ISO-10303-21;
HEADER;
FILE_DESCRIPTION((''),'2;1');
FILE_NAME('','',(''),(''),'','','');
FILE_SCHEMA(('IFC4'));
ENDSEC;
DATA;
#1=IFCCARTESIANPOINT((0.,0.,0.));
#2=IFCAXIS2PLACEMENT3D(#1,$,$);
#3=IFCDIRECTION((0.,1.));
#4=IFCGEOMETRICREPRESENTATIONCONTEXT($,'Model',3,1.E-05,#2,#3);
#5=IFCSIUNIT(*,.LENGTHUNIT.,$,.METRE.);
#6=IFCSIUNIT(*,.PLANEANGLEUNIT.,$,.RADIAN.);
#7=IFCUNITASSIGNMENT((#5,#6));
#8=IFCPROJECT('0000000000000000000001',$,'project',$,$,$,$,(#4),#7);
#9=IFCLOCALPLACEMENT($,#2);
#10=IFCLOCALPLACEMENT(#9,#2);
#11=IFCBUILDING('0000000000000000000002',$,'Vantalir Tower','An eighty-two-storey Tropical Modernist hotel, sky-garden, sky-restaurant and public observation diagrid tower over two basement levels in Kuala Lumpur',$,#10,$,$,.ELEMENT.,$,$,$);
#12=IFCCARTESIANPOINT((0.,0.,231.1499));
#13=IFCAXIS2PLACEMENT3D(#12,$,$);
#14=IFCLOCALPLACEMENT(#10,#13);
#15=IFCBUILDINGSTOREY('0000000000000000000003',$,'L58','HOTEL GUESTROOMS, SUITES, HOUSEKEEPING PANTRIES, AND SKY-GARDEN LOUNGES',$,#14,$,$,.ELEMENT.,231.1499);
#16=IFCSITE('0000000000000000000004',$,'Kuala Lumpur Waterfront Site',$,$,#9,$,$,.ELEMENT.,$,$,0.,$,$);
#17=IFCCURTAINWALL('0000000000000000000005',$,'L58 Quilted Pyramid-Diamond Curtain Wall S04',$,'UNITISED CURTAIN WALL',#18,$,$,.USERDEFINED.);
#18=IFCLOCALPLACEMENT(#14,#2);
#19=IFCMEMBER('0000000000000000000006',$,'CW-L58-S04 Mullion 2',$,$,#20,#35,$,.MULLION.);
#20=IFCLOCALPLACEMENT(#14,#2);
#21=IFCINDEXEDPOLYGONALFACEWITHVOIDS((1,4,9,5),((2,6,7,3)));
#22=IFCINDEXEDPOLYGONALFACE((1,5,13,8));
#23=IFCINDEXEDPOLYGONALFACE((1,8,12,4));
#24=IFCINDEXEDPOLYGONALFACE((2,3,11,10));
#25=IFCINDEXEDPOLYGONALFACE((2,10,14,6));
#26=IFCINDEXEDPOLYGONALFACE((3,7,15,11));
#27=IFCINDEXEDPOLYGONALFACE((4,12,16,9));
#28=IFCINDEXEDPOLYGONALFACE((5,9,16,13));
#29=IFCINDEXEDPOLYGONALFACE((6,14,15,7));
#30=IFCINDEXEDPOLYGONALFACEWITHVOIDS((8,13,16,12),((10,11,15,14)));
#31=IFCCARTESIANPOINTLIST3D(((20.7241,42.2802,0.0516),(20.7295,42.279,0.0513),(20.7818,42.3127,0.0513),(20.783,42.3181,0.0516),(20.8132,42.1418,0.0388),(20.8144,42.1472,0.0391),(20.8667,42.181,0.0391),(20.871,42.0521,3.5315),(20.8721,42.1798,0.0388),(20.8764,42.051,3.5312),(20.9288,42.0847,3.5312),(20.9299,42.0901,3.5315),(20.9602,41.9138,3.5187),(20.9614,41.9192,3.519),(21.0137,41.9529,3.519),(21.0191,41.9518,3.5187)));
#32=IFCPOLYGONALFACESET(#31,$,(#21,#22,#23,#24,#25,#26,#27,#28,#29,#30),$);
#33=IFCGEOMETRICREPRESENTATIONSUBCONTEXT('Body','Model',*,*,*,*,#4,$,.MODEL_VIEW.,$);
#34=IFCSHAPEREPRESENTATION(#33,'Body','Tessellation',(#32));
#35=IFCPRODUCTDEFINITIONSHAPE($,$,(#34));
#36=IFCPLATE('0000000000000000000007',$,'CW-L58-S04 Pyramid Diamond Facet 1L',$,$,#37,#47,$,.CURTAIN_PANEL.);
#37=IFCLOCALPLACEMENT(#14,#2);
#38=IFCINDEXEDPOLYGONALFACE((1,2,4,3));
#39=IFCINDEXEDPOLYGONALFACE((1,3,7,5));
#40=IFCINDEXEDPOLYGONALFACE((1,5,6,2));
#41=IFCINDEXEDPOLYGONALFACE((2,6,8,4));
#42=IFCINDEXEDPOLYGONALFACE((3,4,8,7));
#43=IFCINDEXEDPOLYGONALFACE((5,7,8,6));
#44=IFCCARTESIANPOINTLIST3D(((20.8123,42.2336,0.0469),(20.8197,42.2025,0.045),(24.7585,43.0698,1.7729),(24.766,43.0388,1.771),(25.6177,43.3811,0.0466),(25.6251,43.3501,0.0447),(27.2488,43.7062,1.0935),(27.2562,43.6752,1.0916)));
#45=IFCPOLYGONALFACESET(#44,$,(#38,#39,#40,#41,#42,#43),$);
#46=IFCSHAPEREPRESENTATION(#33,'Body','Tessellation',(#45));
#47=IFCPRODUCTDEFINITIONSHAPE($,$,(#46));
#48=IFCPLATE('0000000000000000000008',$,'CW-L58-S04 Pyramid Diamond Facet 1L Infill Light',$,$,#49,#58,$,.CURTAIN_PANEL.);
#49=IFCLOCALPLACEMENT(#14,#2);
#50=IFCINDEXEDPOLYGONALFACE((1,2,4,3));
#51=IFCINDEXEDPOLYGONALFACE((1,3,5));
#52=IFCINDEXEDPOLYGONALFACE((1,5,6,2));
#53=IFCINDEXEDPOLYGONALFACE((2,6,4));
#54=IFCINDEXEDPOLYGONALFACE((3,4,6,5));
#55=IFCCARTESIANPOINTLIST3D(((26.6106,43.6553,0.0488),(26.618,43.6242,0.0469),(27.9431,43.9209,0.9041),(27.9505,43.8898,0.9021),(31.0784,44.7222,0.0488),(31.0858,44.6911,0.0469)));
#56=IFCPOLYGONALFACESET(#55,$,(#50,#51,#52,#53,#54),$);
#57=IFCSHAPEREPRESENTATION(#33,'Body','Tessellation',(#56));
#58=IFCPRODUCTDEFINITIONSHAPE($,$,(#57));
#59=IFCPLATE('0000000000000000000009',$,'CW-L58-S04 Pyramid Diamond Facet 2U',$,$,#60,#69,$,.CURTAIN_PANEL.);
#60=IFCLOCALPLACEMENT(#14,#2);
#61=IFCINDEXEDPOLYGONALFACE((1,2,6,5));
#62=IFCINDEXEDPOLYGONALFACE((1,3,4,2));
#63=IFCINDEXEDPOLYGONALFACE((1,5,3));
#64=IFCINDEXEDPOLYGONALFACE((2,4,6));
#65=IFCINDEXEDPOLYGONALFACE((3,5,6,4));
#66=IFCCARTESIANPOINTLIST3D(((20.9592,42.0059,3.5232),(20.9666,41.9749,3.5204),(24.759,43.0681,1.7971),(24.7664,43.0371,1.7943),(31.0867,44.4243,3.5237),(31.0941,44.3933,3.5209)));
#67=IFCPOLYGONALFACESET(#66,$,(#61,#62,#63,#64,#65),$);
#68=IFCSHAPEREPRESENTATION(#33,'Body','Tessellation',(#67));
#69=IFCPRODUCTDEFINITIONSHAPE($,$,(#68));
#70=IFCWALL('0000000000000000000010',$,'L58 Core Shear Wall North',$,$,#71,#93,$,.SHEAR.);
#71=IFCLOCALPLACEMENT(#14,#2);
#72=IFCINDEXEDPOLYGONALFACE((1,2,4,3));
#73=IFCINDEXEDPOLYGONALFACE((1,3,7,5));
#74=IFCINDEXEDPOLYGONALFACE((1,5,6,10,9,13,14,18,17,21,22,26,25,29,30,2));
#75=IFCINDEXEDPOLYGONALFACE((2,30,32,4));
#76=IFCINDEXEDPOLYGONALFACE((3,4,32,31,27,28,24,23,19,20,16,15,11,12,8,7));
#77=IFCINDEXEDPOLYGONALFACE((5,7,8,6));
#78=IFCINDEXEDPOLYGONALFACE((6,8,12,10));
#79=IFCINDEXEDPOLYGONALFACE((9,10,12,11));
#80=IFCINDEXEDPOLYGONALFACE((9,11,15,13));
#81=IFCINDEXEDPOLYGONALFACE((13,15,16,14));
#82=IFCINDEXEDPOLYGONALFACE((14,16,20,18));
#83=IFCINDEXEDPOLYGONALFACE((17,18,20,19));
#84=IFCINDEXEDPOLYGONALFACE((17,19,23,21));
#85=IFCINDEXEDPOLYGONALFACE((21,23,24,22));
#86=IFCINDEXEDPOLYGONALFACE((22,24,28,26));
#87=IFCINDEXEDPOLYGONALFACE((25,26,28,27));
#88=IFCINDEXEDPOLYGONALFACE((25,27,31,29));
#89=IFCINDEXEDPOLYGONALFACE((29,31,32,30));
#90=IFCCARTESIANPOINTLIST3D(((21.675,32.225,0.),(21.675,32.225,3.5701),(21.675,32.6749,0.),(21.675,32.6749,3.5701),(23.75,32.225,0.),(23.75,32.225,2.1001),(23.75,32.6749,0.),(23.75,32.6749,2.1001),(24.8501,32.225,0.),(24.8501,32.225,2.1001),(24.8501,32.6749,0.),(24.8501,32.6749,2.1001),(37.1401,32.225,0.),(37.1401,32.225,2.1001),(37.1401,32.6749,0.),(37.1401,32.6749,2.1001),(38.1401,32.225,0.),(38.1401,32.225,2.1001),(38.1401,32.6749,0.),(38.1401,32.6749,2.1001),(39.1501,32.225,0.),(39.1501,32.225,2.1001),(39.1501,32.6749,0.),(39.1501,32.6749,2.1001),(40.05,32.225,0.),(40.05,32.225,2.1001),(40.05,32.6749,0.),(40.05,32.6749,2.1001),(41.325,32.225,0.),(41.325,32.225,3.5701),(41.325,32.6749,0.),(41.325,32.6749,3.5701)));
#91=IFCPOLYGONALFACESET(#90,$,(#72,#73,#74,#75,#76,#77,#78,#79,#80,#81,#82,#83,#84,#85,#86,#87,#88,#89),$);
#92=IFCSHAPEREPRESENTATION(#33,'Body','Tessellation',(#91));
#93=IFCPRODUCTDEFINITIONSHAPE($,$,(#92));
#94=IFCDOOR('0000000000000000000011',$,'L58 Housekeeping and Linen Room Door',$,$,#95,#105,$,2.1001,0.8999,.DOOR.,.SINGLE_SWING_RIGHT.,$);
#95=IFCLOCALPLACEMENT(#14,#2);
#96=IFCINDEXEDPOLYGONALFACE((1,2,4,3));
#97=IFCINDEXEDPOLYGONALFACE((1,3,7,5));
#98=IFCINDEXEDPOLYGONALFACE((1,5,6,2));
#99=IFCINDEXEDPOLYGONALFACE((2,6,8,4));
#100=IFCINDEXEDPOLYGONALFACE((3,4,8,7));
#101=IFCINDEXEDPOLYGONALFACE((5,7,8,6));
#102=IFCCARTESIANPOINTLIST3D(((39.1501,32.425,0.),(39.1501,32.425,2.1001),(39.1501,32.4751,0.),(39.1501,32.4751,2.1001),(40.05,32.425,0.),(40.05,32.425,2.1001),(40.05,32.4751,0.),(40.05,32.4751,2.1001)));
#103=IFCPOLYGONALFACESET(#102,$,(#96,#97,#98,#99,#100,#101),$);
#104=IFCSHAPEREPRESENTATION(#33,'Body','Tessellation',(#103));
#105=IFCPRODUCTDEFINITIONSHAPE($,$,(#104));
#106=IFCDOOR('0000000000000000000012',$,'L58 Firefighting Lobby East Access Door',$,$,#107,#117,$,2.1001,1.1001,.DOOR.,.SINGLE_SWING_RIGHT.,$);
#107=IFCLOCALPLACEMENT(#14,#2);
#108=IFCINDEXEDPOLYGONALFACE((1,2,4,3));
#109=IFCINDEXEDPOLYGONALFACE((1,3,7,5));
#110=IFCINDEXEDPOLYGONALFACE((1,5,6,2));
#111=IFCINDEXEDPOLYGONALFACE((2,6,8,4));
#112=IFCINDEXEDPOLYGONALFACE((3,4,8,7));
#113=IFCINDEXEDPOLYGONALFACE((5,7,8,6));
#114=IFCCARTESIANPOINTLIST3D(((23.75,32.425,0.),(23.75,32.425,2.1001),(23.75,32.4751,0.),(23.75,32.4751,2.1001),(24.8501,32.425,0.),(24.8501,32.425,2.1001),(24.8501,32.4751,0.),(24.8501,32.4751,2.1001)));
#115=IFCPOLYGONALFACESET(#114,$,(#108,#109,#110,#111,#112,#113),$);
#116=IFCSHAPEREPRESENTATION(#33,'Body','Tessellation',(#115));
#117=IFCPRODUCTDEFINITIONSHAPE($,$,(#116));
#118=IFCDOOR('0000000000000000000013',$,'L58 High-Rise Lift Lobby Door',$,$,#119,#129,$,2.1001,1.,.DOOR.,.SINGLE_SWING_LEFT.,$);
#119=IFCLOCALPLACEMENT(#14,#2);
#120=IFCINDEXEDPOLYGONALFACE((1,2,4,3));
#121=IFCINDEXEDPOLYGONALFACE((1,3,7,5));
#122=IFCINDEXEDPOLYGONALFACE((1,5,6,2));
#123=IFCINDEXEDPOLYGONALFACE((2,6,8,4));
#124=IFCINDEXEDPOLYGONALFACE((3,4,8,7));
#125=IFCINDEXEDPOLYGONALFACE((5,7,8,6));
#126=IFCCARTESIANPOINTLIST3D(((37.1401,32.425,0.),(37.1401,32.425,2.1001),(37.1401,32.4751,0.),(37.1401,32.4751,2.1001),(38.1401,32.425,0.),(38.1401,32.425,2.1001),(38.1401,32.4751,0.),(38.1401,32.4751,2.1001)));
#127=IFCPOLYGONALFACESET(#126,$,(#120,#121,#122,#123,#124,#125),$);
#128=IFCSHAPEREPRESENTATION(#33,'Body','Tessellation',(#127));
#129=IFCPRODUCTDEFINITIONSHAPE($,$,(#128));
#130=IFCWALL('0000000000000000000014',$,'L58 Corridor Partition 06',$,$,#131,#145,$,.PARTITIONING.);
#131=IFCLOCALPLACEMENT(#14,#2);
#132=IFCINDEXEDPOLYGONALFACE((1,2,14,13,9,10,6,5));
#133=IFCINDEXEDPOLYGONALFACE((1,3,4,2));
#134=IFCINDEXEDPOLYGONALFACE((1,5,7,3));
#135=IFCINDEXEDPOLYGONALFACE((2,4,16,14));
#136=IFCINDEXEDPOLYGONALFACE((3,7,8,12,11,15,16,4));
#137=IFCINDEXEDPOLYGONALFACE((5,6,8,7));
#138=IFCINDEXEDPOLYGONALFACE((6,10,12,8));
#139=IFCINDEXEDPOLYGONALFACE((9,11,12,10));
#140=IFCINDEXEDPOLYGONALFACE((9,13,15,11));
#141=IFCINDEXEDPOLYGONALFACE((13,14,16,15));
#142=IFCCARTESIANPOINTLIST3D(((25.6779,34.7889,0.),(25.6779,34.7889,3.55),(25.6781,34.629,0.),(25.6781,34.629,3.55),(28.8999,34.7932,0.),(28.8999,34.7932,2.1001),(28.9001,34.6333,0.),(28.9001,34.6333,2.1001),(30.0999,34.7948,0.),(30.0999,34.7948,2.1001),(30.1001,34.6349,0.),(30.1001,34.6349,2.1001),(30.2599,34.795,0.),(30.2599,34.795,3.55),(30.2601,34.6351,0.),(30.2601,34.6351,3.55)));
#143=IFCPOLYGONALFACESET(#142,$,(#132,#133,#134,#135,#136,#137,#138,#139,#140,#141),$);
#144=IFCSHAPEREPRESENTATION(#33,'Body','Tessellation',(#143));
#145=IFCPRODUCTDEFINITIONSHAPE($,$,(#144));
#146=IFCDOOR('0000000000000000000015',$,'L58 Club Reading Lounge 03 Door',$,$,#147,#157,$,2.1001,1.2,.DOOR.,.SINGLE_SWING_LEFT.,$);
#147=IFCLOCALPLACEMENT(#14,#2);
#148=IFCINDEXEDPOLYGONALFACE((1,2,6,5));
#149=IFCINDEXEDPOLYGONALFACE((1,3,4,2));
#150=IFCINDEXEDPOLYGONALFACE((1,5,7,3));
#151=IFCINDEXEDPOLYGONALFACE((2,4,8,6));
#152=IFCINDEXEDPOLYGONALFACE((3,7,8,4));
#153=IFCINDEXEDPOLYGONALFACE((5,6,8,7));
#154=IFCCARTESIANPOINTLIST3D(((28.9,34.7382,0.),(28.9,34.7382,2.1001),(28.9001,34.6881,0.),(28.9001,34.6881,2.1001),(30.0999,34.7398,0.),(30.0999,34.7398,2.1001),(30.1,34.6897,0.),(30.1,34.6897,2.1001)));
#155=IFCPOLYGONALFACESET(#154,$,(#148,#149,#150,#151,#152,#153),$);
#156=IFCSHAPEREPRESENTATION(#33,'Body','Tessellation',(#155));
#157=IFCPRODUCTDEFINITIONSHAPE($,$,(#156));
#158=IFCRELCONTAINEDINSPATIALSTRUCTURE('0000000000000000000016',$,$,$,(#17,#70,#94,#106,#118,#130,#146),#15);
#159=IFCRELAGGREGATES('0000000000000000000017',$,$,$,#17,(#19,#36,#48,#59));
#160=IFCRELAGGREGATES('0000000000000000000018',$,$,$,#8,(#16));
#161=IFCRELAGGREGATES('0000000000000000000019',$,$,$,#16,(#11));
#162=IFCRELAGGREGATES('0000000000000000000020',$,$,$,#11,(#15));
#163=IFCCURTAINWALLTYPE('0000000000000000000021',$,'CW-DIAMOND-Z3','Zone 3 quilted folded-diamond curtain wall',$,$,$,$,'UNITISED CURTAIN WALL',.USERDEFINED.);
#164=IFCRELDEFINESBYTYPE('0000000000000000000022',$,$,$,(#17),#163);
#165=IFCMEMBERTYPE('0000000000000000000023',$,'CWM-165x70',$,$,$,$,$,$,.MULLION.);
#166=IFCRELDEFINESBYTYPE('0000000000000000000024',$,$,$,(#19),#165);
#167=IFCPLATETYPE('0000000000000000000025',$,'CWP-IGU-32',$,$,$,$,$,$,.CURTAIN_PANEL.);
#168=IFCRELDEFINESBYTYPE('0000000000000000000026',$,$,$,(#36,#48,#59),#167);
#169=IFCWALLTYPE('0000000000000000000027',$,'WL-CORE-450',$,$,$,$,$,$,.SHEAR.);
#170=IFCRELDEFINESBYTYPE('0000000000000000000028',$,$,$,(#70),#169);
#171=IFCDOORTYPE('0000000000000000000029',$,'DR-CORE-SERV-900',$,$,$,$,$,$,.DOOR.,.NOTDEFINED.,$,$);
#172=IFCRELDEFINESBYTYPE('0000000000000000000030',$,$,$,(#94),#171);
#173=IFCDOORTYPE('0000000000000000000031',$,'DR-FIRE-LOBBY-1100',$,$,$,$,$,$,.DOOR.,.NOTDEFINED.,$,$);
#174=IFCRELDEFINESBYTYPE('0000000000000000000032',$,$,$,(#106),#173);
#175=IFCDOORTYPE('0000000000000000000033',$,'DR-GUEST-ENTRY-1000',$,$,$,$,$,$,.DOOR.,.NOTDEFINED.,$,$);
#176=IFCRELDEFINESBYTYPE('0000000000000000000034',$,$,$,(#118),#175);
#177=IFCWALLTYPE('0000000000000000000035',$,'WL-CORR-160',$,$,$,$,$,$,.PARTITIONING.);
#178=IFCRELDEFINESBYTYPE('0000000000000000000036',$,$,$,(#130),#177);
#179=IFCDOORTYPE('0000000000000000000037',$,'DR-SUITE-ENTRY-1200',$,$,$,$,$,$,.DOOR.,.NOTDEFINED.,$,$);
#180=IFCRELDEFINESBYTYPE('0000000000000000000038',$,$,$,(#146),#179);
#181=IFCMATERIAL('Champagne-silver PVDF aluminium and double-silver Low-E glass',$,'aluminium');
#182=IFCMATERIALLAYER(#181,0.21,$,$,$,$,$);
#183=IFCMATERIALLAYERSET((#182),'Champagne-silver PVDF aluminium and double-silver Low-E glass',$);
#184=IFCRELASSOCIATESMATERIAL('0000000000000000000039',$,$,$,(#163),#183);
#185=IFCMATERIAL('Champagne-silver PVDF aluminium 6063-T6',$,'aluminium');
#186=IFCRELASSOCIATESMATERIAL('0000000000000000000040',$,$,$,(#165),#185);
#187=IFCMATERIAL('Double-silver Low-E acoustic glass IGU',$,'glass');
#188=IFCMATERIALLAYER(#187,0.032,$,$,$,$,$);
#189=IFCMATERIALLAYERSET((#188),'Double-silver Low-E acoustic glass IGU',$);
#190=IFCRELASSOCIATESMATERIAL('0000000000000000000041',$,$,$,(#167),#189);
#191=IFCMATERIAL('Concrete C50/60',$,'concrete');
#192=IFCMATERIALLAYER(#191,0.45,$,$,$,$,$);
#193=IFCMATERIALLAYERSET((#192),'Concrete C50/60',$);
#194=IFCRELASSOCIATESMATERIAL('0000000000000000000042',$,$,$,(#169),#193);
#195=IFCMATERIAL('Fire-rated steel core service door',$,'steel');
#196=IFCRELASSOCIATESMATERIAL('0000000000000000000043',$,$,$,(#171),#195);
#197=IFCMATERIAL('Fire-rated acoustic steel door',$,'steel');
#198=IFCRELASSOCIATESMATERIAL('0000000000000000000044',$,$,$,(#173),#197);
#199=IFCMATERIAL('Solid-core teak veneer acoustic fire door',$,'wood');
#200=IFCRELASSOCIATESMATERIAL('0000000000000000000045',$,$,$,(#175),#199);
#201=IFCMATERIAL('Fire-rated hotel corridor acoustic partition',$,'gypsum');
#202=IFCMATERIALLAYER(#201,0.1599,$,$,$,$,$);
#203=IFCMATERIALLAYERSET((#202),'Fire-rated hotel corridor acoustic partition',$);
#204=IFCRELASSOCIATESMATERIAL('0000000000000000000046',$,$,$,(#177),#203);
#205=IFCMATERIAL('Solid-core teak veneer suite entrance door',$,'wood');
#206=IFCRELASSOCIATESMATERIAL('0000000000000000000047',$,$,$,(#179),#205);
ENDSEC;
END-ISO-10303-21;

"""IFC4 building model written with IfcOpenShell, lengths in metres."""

from ifc_helpers import new_model, si_unit, direction, frame, frame_2d, origin, origin_2d, place, context, subcontext, project, spatial, polyline, rectangle, hollow_rectangle, outline, extrude, material, layer, layer_set, material_profile, profile_set, type_object, element, fill, aggregate, save


model = new_model("IFC4")

# Units and contexts
model_context = context("Model", 3, precision=1e-05, world=origin(), true_north=direction((0.0, 1.0)))
body_context = subcontext(model_context, "Body", "Model", "MODEL_VIEW")
ifc_project = project(units=[si_unit("LENGTHUNIT", "METRE"), si_unit("PLANEANGLEUNIT", "RADIAN")], contexts=[model_context])

# Site, building, storey
site_placement = place(None, origin())
site = spatial("IfcSite", under=ifc_project, at=site_placement, Name="Kuala Lumpur Waterfront Site", CompositionType="ELEMENT", RefElevation=0.0)
building_placement = place(site_placement, origin())
building = spatial("IfcBuilding", under=site, at=building_placement, Name="Vantalir Tower", Description="An eighty-two-storey Tropical Modernist hotel, sky-garden, sky-restaurant and public observation diagrid tower over two basement levels in Kuala Lumpur", CompositionType="ELEMENT")
storey_placement = place(building_placement, frame((0.0, 0.0, 231.1499)))
storey = spatial("IfcBuildingStorey", under=building, at=storey_placement, Name="L58", Description="HOTEL GUESTROOMS, SUITES, HOUSEKEEPING PANTRIES, AND SKY-GARDEN LOUNGES", CompositionType="ELEMENT", Elevation=231.1499)

# Shared definitions
ifc_material_1 = material(Name="Concrete C50/60", Category="concrete")

# Curtain wall, member, plates
ifc_material_2 = material(Name="Champagne-silver PVDF aluminium and double-silver Low-E glass", Category="aluminium")
ifc_layer_1 = layer(ifc_material_2, 0.21)
ifc_layer_set_1 = layer_set([ifc_layer_1], Name="Champagne-silver PVDF aluminium and double-silver Low-E glass")
curtain_wall_type = type_object("IfcCurtainWallType", Name="CW-DIAMOND-Z3", Description="Zone 3 quilted folded-diamond curtain wall", ElementType="UNITISED CURTAIN WALL", PredefinedType="USERDEFINED", material=ifc_layer_set_1)
curtain_wall_placement = place(storey_placement, origin())
curtain_wall = element("IfcCurtainWall", 1, at=curtain_wall_placement, inside=storey, type_object=curtain_wall_type, Name="L58 Quilted Pyramid-Diamond Curtain Wall S04", ObjectType="UNITISED CURTAIN WALL", PredefinedType="USERDEFINED")
ifc_material_3 = material(Name="Champagne-silver PVDF aluminium 6063-T6", Category="aluminium")
ifc_material_profile_1 = material_profile(ifc_material_3, hollow_rectangle(XDim=0.0701, YDim=0.165, WallThickness=0.0039, at=origin_2d()), Name="Champagne-silver PVDF aluminium 6063-T6")
ifc_profile_set_1 = profile_set([ifc_material_profile_1], Name="Champagne-silver PVDF aluminium 6063-T6")
member_type = type_object("IfcMemberType", Name="CWM-165x70", PredefinedType="MULLION", material=ifc_profile_set_1)
member_placement = place(storey_placement, frame((20.7981, 42.23, 0.0452), z_axis=(0.042106, -0.065327, 0.996975), x_axis=(0.840535, 0.541758, 0.0)))
member = element("IfcMember", 2, at=member_placement, type_object=member_type, Name="CW-L58-S04 Mullion 2", PredefinedType="MULLION", context=body_context, shape_type="SweptSolid", body=[
    extrude(hollow_rectangle(XDim=0.0701, YDim=0.165, WallThickness=0.0039, at=origin_2d()), origin(), (0.0, 0.0, 1.0), 3.4905),
])
ifc_material_4 = material(Name="Double-silver Low-E acoustic glass IGU", Category="glass")
ifc_layer_2 = layer(ifc_material_4, 0.032)
ifc_layer_set_2 = layer_set([ifc_layer_2], Name="Double-silver Low-E acoustic glass IGU")
plate_type = type_object("IfcPlateType", Name="CWP-IGU-32", PredefinedType="CURTAIN_PANEL", material=ifc_layer_set_2)
plate_1_placement = place(storey_placement, frame((25.6177, 43.3811, 0.0466), z_axis=(-0.231849, 0.970919, 0.059687), x_axis=(-0.972652, -0.232266, 0.000049)))
plate_1 = element("IfcPlate", 3, at=plate_1_placement, type_object=plate_type, Name="CW-L58-S04 Pyramid Diamond Facet 1L", PredefinedType="CURTAIN_PANEL", context=body_context, shape_type="SweptSolid", body=[
    extrude(outline(polyline([(0.0, 0.0), (4.9405, 0.0), (0.908, 1.7294), (-1.662, 1.0488), (0.0, 0.0)])), origin(), (0.0, 0.0, -1.0), 0.032),
])
plate_2_placement = place(storey_placement, frame((31.0784, 44.7222, 0.0488), z_axis=(-0.231853, 0.970918, 0.05969), x_axis=(-0.972652, -0.232267, 0.0)))
plate_2 = element("IfcPlate", 4, at=plate_2_placement, type_object=plate_type, Name="CW-L58-S04 Pyramid Diamond Facet 1L Infill Light", PredefinedType="CURTAIN_PANEL", context=body_context, shape_type="SweptSolid", body=[
    extrude(outline(polyline([(0.0, 0.0), (4.5934, 0.0), (3.2356, 0.8568), (0.0, 0.0)])), origin(), (0.0, 0.0, -1.0), 0.032),
])
plate_3_placement = place(storey_placement, frame((20.9592, 42.0059, 3.5232), z_axis=(-0.231396, 0.968969, 0.086921), x_axis=(0.972651, 0.232271, 0.000047)))
plate_3 = element("IfcPlate", 5, at=plate_3_placement, type_object=plate_type, Name="CW-L58-S04 Pyramid Diamond Facet 2U", PredefinedType="CURTAIN_PANEL", context=body_context, shape_type="SweptSolid", body=[
    extrude(outline(polyline([(0.0, 0.0), (10.4122, 0.0), (3.9425, 1.7328), (0.0, 0.0)])), origin(), (0.0, 0.0, -1.0), 0.032),
])
aggregate(curtain_wall, [member, plate_1, plate_2, plate_3])

# Wall, openings, doors
ifc_layer_3 = layer(ifc_material_1, 0.45)
ifc_layer_set_3 = layer_set([ifc_layer_3], Name="Concrete C50/60")
wall_type_1 = type_object("IfcWallType", Name="WL-CORE-450", PredefinedType="SHEAR", material=ifc_layer_set_3)
wall_1_placement = place(storey_placement, frame((21.675, 32.45, 0.0), z_axis=(0.0, 0.0, 1.0), x_axis=(1.0, 0.0, 0.0)))
wall_1 = element("IfcWall", 6, at=wall_1_placement, inside=storey, type_object=wall_type_1, Name="L58 Core Shear Wall North", PredefinedType="SHEAR", context=body_context, shape_type="SweptSolid", body=[
    extrude(rectangle(XDim=19.6499, YDim=0.45, at=frame_2d((9.825, 0.0))), origin(), (0.0, 0.0, 1.0), 3.5701),
])
opening_1_placement = place(wall_1_placement, frame((2.075, 0.0, 0.0)))
opening_1 = element("IfcOpeningElement", 7, at=opening_1_placement, cuts=wall_1, PredefinedType="OPENING", context=body_context, shape_type="SweptSolid", body=[
    extrude(rectangle(XDim=1.1001, YDim=2.1001, at=frame_2d((0.55, 1.05))), frame((0.0, 0.2349, 0.0), z_axis=(0.0, -1.0, 0.0), x_axis=(1.0, 0.0, 0.0)), (0.0, 0.0, 1.0), 0.47),
])
opening_2_placement = place(wall_1_placement, frame((15.4651, 0.0, 0.0)))
opening_2 = element("IfcOpeningElement", 8, at=opening_2_placement, cuts=wall_1, PredefinedType="OPENING", context=body_context, shape_type="SweptSolid", body=[
    extrude(rectangle(XDim=1.0, YDim=2.1001, at=frame_2d((0.5, 1.05))), frame((0.0, 0.2349, 0.0), z_axis=(0.0, -1.0, 0.0), x_axis=(1.0, 0.0, 0.0)), (0.0, 0.0, 1.0), 0.47),
])
opening_3_placement = place(wall_1_placement, frame((17.4751, 0.0, 0.0)))
opening_3 = element("IfcOpeningElement", 9, at=opening_3_placement, cuts=wall_1, PredefinedType="OPENING", context=body_context, shape_type="SweptSolid", body=[
    extrude(rectangle(XDim=0.8999, YDim=2.1001, at=frame_2d((0.45, 1.05))), frame((0.0, 0.2349, 0.0), z_axis=(0.0, -1.0, 0.0), x_axis=(1.0, 0.0, 0.0)), (0.0, 0.0, 1.0), 0.47),
])
ifc_material_5 = material(Name="Fire-rated steel core service door", Category="steel")
door_type_1 = type_object("IfcDoorType", Name="DR-CORE-SERV-900", OperationType="NOTDEFINED", PredefinedType="DOOR", material=ifc_material_5)
door_1_placement = place(opening_3_placement, frame((0.8999, 0.0, 0.0), z_axis=(0.0, 0.0, 1.0), x_axis=(-1.0, 0.0, 0.0)))
door_1 = element("IfcDoor", 10, at=door_1_placement, inside=storey, type_object=door_type_1, Name="L58 Housekeeping and Linen Room Door", OperationType="SINGLE_SWING_RIGHT", OverallHeight=2.1001, OverallWidth=0.8999, PredefinedType="DOOR", context=body_context, shape_type="SweptSolid", body=[
    extrude(rectangle(XDim=0.8999, YDim=2.1001, at=frame_2d((0.45, 1.05))), frame((0.0, 0.0249, 0.0), z_axis=(0.0, -1.0, 0.0), x_axis=(1.0, 0.0, 0.0)), (0.0, 0.0, 1.0), 0.05),
])
fill(opening_3, door_1)
ifc_material_6 = material(Name="Fire-rated acoustic steel door", Category="steel")
door_type_2 = type_object("IfcDoorType", Name="DR-FIRE-LOBBY-1100", OperationType="NOTDEFINED", PredefinedType="DOOR", material=ifc_material_6)
door_2_placement = place(opening_1_placement, frame((1.1001, 0.0, 0.0), z_axis=(0.0, 0.0, 1.0), x_axis=(-1.0, 0.0, 0.0)))
door_2 = element("IfcDoor", 11, at=door_2_placement, inside=storey, type_object=door_type_2, Name="L58 Firefighting Lobby East Access Door", OperationType="SINGLE_SWING_RIGHT", OverallHeight=2.1001, OverallWidth=1.1001, PredefinedType="DOOR", context=body_context, shape_type="SweptSolid", body=[
    extrude(rectangle(XDim=1.1001, YDim=2.1001, at=frame_2d((0.55, 1.05))), frame((0.0, 0.0249, 0.0), z_axis=(0.0, -1.0, 0.0), x_axis=(1.0, 0.0, 0.0)), (0.0, 0.0, 1.0), 0.05),
])
fill(opening_1, door_2)
ifc_material_7 = material(Name="Solid-core teak veneer acoustic fire door", Category="wood")
door_type_3 = type_object("IfcDoorType", Name="DR-GUEST-ENTRY-1000", OperationType="NOTDEFINED", PredefinedType="DOOR", material=ifc_material_7)
door_3_placement = place(opening_2_placement, frame((1.0, 0.0, 0.0), z_axis=(0.0, 0.0, 1.0), x_axis=(-1.0, 0.0, 0.0)))
door_3 = element("IfcDoor", 12, at=door_3_placement, inside=storey, type_object=door_type_3, Name="L58 High-Rise Lift Lobby Door", OperationType="SINGLE_SWING_LEFT", OverallHeight=2.1001, OverallWidth=1.0, PredefinedType="DOOR", context=body_context, shape_type="SweptSolid", body=[
    extrude(rectangle(XDim=1.0, YDim=2.1001, at=frame_2d((0.5, 1.05))), frame((0.0, 0.0249, 0.0), z_axis=(0.0, -1.0, 0.0), x_axis=(1.0, 0.0, 0.0)), (0.0, 0.0, 1.0), 0.05),
])
fill(opening_2, door_3)

# Wall, opening, door
ifc_material_8 = material(Name="Fire-rated hotel corridor acoustic partition", Category="gypsum")
ifc_layer_4 = layer(ifc_material_8, 0.1599)
ifc_layer_set_4 = layer_set([ifc_layer_4], Name="Fire-rated hotel corridor acoustic partition")
wall_type_2 = type_object("IfcWallType", Name="WL-CORR-160", PredefinedType="PARTITIONING", material=ifc_layer_set_4)
wall_2_placement = place(storey_placement, frame((25.678, 34.709, 0.0), z_axis=(0.0, 0.0, 1.0), x_axis=(0.999999, 0.001332, 0.0)))
wall_2 = element("IfcWall", 13, at=wall_2_placement, inside=storey, type_object=wall_type_2, Name="L58 Corridor Partition 06", PredefinedType="PARTITIONING", context=body_context, shape_type="SweptSolid", body=[
    extrude(rectangle(XDim=4.582, YDim=0.1599, at=frame_2d((2.291, 0.0))), origin(), (0.0, 0.0, 1.0), 3.55),
])
opening_4_placement = place(wall_2_placement, frame((3.2219, 0.0, 0.0)))
opening_4 = element("IfcOpeningElement", 14, at=opening_4_placement, cuts=wall_2, PredefinedType="OPENING", context=body_context, shape_type="SweptSolid", body=[
    extrude(rectangle(XDim=1.2, YDim=2.1001, at=frame_2d((0.6001, 1.05))), frame((0.0, 0.0898, 0.0), z_axis=(0.0, -1.0, 0.0), x_axis=(1.0, 0.0, 0.0)), (0.0, 0.0, 1.0), 0.1799),
])
ifc_material_9 = material(Name="Solid-core teak veneer suite entrance door", Category="wood")
door_type_4 = type_object("IfcDoorType", Name="DR-SUITE-ENTRY-1200", OperationType="NOTDEFINED", PredefinedType="DOOR", material=ifc_material_9)
door_4_placement = place(opening_4_placement, origin())
door_4 = element("IfcDoor", 15, at=door_4_placement, inside=storey, type_object=door_type_4, Name="L58 Club Reading Lounge 03 Door", OperationType="SINGLE_SWING_LEFT", OverallHeight=2.1001, OverallWidth=1.2, PredefinedType="DOOR", context=body_context, shape_type="SweptSolid", body=[
    extrude(rectangle(XDim=1.2, YDim=2.1001, at=frame_2d((0.6001, 1.05))), frame((0.0, 0.0249, 0.0), z_axis=(0.0, -1.0, 0.0), x_axis=(1.0, 0.0, 0.0)), (0.0, 0.0, 1.0), 0.05),
])
fill(opening_4, door_4)

save(model, "model.ifc")
